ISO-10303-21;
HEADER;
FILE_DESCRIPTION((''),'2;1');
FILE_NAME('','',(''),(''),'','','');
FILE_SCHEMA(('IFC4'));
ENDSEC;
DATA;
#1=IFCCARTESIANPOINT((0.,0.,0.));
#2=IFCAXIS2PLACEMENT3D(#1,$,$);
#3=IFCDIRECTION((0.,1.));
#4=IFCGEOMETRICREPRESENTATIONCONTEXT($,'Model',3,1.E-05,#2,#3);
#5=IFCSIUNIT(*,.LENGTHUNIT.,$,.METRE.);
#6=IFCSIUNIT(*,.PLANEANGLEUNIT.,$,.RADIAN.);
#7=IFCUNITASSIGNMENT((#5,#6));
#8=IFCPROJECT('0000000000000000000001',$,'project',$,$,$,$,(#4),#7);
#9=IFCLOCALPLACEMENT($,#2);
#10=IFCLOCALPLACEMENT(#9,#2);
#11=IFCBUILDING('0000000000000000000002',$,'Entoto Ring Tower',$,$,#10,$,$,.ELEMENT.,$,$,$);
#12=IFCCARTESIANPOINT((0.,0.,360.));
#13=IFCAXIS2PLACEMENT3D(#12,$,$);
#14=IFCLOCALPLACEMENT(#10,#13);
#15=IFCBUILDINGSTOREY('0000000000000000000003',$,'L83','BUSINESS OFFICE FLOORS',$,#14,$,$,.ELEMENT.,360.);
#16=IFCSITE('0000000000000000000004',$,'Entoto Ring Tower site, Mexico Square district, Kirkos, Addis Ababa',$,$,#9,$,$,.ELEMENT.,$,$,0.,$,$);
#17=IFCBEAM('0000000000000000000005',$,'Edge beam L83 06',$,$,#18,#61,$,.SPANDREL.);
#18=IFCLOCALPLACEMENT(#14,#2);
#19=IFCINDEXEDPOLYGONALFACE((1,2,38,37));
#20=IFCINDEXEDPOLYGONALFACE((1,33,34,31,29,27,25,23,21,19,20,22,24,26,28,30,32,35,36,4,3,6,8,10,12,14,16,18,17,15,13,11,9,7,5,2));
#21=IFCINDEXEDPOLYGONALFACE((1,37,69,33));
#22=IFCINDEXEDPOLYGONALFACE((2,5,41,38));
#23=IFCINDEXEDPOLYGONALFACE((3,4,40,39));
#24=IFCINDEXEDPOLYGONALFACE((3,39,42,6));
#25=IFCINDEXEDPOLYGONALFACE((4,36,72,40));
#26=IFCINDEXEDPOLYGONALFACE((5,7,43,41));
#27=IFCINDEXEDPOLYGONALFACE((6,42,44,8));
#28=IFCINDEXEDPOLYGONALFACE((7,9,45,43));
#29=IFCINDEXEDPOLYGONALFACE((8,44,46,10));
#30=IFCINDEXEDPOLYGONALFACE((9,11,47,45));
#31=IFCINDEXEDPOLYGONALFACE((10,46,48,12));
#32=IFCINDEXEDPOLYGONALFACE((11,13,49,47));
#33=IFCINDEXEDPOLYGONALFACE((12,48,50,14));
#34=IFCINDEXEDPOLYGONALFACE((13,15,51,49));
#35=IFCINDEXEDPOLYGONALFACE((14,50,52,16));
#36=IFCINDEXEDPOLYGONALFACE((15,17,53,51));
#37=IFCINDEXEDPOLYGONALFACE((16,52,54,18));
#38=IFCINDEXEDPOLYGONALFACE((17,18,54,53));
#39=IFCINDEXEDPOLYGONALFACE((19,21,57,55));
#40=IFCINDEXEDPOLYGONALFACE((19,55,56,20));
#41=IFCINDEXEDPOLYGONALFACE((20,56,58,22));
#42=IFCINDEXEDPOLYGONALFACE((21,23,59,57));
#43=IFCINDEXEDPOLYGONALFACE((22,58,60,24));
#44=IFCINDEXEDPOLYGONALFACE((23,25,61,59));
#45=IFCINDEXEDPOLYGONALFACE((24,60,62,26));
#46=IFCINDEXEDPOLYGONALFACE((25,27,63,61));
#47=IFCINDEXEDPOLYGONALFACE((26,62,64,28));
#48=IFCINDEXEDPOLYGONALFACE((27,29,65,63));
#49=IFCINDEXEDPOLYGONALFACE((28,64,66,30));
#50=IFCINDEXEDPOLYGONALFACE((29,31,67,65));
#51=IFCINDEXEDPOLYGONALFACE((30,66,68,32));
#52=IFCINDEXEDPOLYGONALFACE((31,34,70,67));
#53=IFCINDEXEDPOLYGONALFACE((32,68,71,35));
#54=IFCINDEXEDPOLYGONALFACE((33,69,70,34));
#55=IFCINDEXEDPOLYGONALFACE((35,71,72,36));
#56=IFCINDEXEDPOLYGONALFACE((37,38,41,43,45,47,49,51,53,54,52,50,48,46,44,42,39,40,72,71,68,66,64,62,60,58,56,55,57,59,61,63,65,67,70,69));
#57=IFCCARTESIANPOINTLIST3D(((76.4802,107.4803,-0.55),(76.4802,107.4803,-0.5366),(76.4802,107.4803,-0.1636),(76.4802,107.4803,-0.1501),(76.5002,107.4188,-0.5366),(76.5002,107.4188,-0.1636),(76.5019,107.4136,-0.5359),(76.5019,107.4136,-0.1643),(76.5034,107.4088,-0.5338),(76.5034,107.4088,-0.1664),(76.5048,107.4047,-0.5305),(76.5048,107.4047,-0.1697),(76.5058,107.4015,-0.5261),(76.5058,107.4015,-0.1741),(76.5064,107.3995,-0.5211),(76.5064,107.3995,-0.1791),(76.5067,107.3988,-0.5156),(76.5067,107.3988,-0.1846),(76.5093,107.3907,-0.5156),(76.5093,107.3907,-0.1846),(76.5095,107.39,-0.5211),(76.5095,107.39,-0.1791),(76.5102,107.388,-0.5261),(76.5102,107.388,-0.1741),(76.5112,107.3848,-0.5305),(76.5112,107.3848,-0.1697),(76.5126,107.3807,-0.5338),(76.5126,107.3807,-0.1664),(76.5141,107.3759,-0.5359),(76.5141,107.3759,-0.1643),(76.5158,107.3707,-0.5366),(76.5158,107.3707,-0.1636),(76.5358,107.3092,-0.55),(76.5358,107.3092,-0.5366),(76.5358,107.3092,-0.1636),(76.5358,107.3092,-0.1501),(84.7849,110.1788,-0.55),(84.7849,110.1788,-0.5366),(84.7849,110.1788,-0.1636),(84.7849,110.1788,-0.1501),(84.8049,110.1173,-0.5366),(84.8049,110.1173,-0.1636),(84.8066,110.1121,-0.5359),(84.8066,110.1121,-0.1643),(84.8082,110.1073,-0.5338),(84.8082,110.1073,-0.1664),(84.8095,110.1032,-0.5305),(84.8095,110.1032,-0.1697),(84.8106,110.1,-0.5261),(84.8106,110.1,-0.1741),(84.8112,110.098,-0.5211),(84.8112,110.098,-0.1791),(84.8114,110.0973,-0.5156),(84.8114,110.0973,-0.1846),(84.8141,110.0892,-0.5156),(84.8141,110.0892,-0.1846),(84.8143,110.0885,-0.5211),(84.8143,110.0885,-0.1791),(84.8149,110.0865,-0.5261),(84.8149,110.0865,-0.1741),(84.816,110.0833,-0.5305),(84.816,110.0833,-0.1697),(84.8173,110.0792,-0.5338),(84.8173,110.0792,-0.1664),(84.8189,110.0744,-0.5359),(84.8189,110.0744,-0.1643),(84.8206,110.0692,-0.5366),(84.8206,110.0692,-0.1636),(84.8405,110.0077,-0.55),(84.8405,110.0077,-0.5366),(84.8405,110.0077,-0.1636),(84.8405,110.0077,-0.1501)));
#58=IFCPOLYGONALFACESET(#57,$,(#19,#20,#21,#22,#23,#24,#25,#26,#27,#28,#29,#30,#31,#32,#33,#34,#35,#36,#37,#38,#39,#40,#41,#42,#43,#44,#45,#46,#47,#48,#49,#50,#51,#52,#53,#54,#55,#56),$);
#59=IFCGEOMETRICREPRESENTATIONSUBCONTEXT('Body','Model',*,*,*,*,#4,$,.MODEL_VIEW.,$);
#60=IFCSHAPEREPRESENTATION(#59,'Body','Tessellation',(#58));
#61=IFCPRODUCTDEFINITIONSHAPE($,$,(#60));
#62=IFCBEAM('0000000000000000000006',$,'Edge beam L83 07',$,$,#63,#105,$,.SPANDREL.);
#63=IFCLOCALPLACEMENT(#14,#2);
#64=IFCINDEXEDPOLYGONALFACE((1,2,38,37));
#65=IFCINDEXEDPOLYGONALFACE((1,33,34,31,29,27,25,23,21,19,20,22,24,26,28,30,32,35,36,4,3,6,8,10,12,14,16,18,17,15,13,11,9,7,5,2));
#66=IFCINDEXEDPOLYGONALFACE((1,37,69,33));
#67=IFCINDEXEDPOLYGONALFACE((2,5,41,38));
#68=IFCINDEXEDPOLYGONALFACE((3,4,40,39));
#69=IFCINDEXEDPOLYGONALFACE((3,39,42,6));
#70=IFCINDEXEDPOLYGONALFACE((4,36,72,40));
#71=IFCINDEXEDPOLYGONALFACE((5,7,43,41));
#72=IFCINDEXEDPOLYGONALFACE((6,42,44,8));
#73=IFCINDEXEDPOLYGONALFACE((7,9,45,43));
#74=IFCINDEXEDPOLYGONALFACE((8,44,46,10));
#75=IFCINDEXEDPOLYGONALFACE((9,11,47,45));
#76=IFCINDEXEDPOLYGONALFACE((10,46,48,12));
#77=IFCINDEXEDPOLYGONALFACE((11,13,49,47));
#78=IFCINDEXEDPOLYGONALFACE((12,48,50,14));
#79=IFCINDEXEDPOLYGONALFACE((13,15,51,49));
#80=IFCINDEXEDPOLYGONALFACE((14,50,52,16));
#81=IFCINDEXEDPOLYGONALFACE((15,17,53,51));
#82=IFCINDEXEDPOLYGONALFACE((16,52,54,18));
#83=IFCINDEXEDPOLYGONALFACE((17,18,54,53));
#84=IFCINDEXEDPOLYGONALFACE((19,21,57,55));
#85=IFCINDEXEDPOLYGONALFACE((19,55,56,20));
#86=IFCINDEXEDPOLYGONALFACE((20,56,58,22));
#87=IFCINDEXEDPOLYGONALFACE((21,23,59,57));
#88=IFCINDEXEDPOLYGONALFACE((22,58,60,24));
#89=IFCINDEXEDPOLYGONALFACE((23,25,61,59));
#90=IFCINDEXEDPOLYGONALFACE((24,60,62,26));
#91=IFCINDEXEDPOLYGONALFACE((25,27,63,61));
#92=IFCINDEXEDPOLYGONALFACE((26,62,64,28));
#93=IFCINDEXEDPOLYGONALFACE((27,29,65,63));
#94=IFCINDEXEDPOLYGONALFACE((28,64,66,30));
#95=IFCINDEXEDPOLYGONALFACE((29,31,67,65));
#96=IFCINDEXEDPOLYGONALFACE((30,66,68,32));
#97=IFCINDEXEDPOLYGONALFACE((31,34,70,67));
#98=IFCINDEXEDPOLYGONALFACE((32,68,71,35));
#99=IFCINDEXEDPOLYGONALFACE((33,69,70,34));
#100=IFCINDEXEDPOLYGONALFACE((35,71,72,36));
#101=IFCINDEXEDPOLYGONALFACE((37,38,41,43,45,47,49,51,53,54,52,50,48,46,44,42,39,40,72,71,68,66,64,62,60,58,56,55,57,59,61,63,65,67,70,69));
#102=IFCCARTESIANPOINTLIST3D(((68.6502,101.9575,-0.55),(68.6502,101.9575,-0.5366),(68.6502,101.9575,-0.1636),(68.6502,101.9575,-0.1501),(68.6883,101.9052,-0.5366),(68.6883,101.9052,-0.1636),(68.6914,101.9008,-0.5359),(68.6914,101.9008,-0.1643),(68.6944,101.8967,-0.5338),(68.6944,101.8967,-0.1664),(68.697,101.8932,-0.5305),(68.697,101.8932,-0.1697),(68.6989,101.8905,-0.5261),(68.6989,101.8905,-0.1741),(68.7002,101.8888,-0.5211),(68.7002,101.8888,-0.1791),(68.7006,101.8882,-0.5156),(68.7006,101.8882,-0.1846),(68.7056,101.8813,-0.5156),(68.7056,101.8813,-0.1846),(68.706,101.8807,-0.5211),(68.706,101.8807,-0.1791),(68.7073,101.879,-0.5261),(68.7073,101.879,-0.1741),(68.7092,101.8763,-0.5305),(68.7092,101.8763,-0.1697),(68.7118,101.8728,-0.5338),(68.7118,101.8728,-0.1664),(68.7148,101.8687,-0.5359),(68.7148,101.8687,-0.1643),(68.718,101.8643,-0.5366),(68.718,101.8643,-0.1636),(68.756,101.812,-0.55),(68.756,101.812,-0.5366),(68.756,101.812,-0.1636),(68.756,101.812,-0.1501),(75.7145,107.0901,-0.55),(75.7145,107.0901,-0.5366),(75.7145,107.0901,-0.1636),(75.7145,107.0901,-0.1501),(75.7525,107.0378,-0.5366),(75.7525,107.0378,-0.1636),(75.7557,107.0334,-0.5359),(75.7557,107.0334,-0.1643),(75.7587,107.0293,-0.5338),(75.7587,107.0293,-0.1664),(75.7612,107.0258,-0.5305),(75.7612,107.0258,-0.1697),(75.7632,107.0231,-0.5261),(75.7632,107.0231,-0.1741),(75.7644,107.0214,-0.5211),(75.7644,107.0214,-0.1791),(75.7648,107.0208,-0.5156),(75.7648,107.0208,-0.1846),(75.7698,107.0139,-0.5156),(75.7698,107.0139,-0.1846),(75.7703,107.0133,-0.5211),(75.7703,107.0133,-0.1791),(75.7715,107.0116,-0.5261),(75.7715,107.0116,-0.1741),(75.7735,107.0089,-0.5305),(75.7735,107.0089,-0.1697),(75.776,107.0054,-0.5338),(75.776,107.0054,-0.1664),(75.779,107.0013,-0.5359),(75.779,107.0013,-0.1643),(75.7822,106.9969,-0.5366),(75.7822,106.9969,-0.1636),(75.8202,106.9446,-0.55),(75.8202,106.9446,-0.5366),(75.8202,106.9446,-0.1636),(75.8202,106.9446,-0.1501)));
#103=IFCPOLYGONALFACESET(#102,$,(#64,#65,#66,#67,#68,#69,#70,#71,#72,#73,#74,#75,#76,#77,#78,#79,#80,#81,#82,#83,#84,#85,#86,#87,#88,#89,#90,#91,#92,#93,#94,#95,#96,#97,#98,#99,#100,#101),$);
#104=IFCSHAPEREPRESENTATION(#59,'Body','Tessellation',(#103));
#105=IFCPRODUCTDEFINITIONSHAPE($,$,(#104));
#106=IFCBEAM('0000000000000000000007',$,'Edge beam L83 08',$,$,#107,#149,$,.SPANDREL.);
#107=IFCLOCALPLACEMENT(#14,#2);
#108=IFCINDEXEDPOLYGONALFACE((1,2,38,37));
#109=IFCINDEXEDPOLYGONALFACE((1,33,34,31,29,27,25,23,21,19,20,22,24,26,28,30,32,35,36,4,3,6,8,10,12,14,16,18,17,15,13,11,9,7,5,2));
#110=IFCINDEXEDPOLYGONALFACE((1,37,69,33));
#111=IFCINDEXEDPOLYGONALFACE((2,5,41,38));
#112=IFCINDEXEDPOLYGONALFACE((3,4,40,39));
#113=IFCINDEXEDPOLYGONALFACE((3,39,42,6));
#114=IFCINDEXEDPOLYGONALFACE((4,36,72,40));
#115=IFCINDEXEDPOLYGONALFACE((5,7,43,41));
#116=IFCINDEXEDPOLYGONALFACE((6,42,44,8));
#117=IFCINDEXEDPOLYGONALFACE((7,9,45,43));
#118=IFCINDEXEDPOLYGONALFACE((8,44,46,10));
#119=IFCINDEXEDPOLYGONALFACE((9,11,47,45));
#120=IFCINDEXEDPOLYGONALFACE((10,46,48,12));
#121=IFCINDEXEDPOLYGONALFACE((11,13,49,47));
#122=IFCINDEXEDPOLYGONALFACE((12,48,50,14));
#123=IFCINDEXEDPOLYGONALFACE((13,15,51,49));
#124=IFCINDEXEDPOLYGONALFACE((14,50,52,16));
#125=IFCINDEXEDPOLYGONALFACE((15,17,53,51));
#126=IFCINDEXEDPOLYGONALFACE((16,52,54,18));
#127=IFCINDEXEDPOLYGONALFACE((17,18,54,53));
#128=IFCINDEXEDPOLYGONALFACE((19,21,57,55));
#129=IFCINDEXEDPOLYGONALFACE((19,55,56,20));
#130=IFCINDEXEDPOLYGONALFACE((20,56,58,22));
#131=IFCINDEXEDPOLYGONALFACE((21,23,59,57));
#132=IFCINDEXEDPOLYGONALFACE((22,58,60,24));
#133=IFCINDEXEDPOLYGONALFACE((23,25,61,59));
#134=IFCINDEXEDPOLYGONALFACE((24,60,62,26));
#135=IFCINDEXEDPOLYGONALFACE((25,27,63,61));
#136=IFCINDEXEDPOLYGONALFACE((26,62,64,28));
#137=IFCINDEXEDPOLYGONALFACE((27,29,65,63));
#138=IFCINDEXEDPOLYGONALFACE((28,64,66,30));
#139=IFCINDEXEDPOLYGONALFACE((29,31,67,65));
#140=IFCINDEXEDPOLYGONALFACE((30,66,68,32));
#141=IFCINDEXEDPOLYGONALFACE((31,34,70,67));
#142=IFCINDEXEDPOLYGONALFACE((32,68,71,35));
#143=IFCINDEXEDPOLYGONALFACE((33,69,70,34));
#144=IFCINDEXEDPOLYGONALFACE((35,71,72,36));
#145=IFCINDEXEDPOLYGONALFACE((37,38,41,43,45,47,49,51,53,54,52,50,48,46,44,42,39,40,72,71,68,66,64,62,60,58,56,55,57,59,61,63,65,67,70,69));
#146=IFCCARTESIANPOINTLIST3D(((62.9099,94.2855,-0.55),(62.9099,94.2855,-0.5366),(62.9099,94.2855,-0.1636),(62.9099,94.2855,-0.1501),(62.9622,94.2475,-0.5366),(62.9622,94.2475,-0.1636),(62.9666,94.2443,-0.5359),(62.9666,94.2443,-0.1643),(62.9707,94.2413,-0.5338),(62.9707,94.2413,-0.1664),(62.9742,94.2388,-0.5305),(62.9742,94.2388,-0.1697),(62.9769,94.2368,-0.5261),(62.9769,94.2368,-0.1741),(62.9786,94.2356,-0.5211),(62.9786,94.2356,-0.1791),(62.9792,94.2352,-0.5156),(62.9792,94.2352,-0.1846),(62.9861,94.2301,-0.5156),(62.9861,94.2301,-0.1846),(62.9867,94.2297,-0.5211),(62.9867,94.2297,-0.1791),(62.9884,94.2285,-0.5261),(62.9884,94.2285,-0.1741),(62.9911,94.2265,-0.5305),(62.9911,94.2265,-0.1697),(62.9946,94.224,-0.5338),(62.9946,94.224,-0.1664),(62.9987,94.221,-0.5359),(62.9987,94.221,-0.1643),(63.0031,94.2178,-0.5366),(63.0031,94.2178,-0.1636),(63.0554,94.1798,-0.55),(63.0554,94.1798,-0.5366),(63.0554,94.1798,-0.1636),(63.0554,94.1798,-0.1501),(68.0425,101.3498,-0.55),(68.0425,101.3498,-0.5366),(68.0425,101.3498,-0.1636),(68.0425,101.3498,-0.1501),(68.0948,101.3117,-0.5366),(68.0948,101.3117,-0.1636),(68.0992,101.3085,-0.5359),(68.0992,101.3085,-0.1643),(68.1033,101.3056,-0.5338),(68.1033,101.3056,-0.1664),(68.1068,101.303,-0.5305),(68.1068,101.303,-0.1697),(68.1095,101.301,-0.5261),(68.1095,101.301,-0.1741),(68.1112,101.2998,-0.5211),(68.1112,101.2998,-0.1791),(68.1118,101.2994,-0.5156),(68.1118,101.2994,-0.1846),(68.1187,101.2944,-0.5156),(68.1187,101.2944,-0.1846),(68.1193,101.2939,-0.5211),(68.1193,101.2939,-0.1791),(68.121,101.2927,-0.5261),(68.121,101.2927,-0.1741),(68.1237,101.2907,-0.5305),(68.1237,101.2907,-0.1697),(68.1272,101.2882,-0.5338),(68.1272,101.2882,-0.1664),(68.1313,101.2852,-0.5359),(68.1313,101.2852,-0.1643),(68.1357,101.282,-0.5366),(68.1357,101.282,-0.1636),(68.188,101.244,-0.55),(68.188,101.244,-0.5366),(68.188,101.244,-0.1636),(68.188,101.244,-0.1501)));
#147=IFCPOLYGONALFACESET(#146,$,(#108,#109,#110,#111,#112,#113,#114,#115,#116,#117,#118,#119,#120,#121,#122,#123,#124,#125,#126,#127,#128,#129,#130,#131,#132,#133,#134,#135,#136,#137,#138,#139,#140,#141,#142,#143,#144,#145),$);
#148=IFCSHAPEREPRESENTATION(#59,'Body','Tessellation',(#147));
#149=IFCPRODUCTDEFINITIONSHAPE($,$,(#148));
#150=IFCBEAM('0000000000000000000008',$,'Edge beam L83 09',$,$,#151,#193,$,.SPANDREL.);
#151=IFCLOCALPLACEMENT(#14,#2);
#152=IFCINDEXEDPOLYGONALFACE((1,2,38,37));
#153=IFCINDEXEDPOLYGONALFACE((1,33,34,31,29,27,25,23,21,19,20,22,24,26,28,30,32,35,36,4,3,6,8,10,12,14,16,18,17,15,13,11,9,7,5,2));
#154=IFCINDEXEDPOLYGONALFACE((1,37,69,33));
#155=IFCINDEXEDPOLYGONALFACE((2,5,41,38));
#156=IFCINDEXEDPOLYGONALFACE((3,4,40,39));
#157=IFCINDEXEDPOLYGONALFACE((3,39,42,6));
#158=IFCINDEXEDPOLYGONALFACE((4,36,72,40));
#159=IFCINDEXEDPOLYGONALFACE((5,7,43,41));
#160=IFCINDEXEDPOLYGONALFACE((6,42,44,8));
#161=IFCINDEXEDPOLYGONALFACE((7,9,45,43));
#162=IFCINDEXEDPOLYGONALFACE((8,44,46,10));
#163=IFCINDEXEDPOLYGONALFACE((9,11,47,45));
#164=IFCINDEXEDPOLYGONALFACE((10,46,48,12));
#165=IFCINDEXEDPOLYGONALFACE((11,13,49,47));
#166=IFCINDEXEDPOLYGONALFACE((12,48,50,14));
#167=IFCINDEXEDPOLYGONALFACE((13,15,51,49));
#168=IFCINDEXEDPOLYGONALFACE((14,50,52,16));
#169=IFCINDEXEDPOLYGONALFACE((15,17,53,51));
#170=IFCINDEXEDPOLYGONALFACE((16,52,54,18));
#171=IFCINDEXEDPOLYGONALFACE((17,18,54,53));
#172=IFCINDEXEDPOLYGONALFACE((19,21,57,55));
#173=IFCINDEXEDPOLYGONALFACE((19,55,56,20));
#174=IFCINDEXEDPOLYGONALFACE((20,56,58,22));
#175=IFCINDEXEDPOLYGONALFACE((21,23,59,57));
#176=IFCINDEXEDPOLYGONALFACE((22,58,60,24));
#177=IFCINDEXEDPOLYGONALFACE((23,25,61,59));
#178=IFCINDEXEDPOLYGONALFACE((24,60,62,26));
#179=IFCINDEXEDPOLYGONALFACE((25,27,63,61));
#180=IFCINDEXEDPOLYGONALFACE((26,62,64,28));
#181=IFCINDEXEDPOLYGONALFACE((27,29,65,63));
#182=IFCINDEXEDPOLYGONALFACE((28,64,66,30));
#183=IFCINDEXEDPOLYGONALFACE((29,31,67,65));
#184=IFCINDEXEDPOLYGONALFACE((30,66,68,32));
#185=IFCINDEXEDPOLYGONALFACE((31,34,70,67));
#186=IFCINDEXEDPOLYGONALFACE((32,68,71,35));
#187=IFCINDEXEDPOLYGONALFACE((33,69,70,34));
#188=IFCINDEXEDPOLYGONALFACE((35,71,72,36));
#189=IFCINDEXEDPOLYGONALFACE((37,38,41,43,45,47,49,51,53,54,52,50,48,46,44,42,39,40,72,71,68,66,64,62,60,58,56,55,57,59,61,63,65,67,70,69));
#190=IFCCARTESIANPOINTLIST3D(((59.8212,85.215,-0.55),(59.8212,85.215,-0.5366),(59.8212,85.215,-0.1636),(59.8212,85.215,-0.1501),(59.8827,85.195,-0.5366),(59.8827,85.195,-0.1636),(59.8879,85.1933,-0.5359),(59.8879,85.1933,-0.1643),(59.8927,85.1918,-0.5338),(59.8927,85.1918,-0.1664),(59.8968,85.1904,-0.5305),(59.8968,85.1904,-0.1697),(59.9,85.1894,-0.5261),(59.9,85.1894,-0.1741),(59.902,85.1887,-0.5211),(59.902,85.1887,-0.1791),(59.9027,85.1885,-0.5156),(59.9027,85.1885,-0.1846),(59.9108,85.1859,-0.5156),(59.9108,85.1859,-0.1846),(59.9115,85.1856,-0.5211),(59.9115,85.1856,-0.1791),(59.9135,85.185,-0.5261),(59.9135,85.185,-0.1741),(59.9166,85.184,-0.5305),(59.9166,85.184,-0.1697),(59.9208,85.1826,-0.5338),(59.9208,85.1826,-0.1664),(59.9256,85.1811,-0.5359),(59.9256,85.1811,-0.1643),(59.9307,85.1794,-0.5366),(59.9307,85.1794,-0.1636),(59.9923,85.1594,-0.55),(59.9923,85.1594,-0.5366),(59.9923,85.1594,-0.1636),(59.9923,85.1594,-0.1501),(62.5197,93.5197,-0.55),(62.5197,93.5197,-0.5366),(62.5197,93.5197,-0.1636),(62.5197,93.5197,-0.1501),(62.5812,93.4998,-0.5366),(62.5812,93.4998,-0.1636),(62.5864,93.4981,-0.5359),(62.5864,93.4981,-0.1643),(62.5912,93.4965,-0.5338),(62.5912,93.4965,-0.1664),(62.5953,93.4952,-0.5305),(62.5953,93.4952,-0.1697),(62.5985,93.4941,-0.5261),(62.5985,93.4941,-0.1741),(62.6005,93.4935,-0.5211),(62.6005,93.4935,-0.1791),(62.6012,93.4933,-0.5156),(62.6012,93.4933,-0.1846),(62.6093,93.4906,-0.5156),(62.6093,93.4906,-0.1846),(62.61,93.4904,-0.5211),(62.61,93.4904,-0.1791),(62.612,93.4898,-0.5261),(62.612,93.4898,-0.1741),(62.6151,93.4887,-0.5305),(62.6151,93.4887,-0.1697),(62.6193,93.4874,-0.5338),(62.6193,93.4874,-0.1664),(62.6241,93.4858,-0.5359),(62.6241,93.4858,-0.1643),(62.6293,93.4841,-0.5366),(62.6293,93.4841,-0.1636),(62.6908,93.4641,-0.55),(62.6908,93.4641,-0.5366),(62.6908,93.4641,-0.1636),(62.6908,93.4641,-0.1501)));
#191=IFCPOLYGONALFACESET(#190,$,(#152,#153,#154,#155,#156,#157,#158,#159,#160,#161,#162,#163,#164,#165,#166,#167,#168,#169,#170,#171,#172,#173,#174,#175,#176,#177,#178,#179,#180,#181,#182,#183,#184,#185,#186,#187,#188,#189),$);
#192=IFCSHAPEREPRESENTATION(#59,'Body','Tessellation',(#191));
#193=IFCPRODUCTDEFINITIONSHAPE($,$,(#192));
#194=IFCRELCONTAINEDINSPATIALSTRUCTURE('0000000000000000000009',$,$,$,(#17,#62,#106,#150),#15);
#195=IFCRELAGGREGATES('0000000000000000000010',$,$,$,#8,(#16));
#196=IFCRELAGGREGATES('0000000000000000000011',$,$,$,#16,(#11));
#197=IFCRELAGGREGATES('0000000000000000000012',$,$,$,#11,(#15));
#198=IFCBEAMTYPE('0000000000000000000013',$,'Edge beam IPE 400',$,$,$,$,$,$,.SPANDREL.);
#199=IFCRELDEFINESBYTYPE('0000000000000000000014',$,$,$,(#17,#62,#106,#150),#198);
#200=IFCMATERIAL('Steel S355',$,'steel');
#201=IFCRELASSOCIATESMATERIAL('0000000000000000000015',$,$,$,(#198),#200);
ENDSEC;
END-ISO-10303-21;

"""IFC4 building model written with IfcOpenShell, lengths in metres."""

from ifc_helpers import new_model, si_unit, direction, frame, origin, origin_2d, place, context, subcontext, project, spatial, i_section, extrude, material, material_profile, profile_set, type_object, element, save


model = new_model("IFC4")

# Units and contexts
model_context = context("Model", 3, precision=1e-05, world=origin(), true_north=direction((0.0, 1.0)))
body_context = subcontext(model_context, "Body", "Model", "MODEL_VIEW")
ifc_project = project(units=[si_unit("LENGTHUNIT", "METRE"), si_unit("PLANEANGLEUNIT", "RADIAN")], contexts=[model_context])

# Site, building, storey
site_placement = place(None, origin())
site = spatial("IfcSite", under=ifc_project, at=site_placement, Name="Entoto Ring Tower site, Mexico Square district, Kirkos, Addis Ababa", CompositionType="ELEMENT", RefElevation=0.0)
building_placement = place(site_placement, origin())
building = spatial("IfcBuilding", under=site, at=building_placement, Name="Entoto Ring Tower", CompositionType="ELEMENT")
storey_placement = place(building_placement, frame((0.0, 0.0, 360.0)))
storey = spatial("IfcBuildingStorey", under=building, at=storey_placement, Name="L83", Description="BUSINESS OFFICE FLOORS", CompositionType="ELEMENT", Elevation=360.0)

# Beams
ifc_material_1 = material(Name="Steel S355", Category="steel")
ifc_material_profile_1 = material_profile(ifc_material_1, i_section(OverallWidth=0.1799, OverallDepth=0.3999, WebThickness=0.0085, FlangeThickness=0.0134, FilletRadius=0.021, at=origin_2d()), Name="IPE 400")
ifc_profile_set_1 = profile_set([ifc_material_profile_1], Name="Steel S355")
beam_type_1 = type_object("IfcBeamType", Name="Edge beam IPE 400", PredefinedType="SPANDREL", material=ifc_profile_set_1)
beam_1_placement = place(storey_placement, frame((84.8127, 110.0933, -0.3501), z_axis=(-0.951052, -0.30903, 0.0), x_axis=(0.30903, -0.951052, 0.0)))
element("IfcBeam", 1, at=beam_1_placement, inside=storey, type_object=beam_type_1, Name="Edge beam L83 06", PredefinedType="SPANDREL", context=body_context, shape_type="SweptSolid", body=[
    extrude(i_section(OverallWidth=0.1799, OverallDepth=0.3999, WebThickness=0.0085, FlangeThickness=0.0134, FilletRadius=0.021, at=origin_2d()), origin(), (0.0, 0.0, 1.0), 8.7322),
])
for number, where, z_axis, x_axis, name in (
    (2, (75.7673, 107.0173, -0.3501), (-0.80901, -0.587794, 0.0), (0.587794, -0.80901, 0.0), "Edge beam L83 07"),
    (3, (68.1152, 101.2969, -0.3501), (-0.587794, -0.80901, 0.0), (0.80901, -0.587794, 0.0), "Edge beam L83 08"),
):
    element("IfcBeam", number, at=place(storey_placement, frame(where, z_axis=z_axis, x_axis=x_axis)), inside=storey, type_object=beam_type_1, Name=name, PredefinedType="SPANDREL", context=body_context, shape_type="SweptSolid", body=[
        extrude(i_section(OverallWidth=0.1799, OverallDepth=0.3999, WebThickness=0.0085, FlangeThickness=0.0134, FilletRadius=0.021, at=origin_2d()), origin(), (0.0, 0.0, 1.0), 8.7319),
    ])
beam_2_placement = place(storey_placement, frame((62.6052, 93.4919, -0.3501), z_axis=(-0.30903, -0.951052, 0.0), x_axis=(0.951052, -0.30903, 0.0)))
element("IfcBeam", 4, at=beam_2_placement, inside=storey, type_object=beam_type_1, Name="Edge beam L83 09", PredefinedType="SPANDREL", context=body_context, shape_type="SweptSolid", body=[
    extrude(i_section(OverallWidth=0.1799, OverallDepth=0.3999, WebThickness=0.0085, FlangeThickness=0.0134, FilletRadius=0.021, at=origin_2d()), origin(), (0.0, 0.0, 1.0), 8.7322),
])

save(model, "model.ifc")
